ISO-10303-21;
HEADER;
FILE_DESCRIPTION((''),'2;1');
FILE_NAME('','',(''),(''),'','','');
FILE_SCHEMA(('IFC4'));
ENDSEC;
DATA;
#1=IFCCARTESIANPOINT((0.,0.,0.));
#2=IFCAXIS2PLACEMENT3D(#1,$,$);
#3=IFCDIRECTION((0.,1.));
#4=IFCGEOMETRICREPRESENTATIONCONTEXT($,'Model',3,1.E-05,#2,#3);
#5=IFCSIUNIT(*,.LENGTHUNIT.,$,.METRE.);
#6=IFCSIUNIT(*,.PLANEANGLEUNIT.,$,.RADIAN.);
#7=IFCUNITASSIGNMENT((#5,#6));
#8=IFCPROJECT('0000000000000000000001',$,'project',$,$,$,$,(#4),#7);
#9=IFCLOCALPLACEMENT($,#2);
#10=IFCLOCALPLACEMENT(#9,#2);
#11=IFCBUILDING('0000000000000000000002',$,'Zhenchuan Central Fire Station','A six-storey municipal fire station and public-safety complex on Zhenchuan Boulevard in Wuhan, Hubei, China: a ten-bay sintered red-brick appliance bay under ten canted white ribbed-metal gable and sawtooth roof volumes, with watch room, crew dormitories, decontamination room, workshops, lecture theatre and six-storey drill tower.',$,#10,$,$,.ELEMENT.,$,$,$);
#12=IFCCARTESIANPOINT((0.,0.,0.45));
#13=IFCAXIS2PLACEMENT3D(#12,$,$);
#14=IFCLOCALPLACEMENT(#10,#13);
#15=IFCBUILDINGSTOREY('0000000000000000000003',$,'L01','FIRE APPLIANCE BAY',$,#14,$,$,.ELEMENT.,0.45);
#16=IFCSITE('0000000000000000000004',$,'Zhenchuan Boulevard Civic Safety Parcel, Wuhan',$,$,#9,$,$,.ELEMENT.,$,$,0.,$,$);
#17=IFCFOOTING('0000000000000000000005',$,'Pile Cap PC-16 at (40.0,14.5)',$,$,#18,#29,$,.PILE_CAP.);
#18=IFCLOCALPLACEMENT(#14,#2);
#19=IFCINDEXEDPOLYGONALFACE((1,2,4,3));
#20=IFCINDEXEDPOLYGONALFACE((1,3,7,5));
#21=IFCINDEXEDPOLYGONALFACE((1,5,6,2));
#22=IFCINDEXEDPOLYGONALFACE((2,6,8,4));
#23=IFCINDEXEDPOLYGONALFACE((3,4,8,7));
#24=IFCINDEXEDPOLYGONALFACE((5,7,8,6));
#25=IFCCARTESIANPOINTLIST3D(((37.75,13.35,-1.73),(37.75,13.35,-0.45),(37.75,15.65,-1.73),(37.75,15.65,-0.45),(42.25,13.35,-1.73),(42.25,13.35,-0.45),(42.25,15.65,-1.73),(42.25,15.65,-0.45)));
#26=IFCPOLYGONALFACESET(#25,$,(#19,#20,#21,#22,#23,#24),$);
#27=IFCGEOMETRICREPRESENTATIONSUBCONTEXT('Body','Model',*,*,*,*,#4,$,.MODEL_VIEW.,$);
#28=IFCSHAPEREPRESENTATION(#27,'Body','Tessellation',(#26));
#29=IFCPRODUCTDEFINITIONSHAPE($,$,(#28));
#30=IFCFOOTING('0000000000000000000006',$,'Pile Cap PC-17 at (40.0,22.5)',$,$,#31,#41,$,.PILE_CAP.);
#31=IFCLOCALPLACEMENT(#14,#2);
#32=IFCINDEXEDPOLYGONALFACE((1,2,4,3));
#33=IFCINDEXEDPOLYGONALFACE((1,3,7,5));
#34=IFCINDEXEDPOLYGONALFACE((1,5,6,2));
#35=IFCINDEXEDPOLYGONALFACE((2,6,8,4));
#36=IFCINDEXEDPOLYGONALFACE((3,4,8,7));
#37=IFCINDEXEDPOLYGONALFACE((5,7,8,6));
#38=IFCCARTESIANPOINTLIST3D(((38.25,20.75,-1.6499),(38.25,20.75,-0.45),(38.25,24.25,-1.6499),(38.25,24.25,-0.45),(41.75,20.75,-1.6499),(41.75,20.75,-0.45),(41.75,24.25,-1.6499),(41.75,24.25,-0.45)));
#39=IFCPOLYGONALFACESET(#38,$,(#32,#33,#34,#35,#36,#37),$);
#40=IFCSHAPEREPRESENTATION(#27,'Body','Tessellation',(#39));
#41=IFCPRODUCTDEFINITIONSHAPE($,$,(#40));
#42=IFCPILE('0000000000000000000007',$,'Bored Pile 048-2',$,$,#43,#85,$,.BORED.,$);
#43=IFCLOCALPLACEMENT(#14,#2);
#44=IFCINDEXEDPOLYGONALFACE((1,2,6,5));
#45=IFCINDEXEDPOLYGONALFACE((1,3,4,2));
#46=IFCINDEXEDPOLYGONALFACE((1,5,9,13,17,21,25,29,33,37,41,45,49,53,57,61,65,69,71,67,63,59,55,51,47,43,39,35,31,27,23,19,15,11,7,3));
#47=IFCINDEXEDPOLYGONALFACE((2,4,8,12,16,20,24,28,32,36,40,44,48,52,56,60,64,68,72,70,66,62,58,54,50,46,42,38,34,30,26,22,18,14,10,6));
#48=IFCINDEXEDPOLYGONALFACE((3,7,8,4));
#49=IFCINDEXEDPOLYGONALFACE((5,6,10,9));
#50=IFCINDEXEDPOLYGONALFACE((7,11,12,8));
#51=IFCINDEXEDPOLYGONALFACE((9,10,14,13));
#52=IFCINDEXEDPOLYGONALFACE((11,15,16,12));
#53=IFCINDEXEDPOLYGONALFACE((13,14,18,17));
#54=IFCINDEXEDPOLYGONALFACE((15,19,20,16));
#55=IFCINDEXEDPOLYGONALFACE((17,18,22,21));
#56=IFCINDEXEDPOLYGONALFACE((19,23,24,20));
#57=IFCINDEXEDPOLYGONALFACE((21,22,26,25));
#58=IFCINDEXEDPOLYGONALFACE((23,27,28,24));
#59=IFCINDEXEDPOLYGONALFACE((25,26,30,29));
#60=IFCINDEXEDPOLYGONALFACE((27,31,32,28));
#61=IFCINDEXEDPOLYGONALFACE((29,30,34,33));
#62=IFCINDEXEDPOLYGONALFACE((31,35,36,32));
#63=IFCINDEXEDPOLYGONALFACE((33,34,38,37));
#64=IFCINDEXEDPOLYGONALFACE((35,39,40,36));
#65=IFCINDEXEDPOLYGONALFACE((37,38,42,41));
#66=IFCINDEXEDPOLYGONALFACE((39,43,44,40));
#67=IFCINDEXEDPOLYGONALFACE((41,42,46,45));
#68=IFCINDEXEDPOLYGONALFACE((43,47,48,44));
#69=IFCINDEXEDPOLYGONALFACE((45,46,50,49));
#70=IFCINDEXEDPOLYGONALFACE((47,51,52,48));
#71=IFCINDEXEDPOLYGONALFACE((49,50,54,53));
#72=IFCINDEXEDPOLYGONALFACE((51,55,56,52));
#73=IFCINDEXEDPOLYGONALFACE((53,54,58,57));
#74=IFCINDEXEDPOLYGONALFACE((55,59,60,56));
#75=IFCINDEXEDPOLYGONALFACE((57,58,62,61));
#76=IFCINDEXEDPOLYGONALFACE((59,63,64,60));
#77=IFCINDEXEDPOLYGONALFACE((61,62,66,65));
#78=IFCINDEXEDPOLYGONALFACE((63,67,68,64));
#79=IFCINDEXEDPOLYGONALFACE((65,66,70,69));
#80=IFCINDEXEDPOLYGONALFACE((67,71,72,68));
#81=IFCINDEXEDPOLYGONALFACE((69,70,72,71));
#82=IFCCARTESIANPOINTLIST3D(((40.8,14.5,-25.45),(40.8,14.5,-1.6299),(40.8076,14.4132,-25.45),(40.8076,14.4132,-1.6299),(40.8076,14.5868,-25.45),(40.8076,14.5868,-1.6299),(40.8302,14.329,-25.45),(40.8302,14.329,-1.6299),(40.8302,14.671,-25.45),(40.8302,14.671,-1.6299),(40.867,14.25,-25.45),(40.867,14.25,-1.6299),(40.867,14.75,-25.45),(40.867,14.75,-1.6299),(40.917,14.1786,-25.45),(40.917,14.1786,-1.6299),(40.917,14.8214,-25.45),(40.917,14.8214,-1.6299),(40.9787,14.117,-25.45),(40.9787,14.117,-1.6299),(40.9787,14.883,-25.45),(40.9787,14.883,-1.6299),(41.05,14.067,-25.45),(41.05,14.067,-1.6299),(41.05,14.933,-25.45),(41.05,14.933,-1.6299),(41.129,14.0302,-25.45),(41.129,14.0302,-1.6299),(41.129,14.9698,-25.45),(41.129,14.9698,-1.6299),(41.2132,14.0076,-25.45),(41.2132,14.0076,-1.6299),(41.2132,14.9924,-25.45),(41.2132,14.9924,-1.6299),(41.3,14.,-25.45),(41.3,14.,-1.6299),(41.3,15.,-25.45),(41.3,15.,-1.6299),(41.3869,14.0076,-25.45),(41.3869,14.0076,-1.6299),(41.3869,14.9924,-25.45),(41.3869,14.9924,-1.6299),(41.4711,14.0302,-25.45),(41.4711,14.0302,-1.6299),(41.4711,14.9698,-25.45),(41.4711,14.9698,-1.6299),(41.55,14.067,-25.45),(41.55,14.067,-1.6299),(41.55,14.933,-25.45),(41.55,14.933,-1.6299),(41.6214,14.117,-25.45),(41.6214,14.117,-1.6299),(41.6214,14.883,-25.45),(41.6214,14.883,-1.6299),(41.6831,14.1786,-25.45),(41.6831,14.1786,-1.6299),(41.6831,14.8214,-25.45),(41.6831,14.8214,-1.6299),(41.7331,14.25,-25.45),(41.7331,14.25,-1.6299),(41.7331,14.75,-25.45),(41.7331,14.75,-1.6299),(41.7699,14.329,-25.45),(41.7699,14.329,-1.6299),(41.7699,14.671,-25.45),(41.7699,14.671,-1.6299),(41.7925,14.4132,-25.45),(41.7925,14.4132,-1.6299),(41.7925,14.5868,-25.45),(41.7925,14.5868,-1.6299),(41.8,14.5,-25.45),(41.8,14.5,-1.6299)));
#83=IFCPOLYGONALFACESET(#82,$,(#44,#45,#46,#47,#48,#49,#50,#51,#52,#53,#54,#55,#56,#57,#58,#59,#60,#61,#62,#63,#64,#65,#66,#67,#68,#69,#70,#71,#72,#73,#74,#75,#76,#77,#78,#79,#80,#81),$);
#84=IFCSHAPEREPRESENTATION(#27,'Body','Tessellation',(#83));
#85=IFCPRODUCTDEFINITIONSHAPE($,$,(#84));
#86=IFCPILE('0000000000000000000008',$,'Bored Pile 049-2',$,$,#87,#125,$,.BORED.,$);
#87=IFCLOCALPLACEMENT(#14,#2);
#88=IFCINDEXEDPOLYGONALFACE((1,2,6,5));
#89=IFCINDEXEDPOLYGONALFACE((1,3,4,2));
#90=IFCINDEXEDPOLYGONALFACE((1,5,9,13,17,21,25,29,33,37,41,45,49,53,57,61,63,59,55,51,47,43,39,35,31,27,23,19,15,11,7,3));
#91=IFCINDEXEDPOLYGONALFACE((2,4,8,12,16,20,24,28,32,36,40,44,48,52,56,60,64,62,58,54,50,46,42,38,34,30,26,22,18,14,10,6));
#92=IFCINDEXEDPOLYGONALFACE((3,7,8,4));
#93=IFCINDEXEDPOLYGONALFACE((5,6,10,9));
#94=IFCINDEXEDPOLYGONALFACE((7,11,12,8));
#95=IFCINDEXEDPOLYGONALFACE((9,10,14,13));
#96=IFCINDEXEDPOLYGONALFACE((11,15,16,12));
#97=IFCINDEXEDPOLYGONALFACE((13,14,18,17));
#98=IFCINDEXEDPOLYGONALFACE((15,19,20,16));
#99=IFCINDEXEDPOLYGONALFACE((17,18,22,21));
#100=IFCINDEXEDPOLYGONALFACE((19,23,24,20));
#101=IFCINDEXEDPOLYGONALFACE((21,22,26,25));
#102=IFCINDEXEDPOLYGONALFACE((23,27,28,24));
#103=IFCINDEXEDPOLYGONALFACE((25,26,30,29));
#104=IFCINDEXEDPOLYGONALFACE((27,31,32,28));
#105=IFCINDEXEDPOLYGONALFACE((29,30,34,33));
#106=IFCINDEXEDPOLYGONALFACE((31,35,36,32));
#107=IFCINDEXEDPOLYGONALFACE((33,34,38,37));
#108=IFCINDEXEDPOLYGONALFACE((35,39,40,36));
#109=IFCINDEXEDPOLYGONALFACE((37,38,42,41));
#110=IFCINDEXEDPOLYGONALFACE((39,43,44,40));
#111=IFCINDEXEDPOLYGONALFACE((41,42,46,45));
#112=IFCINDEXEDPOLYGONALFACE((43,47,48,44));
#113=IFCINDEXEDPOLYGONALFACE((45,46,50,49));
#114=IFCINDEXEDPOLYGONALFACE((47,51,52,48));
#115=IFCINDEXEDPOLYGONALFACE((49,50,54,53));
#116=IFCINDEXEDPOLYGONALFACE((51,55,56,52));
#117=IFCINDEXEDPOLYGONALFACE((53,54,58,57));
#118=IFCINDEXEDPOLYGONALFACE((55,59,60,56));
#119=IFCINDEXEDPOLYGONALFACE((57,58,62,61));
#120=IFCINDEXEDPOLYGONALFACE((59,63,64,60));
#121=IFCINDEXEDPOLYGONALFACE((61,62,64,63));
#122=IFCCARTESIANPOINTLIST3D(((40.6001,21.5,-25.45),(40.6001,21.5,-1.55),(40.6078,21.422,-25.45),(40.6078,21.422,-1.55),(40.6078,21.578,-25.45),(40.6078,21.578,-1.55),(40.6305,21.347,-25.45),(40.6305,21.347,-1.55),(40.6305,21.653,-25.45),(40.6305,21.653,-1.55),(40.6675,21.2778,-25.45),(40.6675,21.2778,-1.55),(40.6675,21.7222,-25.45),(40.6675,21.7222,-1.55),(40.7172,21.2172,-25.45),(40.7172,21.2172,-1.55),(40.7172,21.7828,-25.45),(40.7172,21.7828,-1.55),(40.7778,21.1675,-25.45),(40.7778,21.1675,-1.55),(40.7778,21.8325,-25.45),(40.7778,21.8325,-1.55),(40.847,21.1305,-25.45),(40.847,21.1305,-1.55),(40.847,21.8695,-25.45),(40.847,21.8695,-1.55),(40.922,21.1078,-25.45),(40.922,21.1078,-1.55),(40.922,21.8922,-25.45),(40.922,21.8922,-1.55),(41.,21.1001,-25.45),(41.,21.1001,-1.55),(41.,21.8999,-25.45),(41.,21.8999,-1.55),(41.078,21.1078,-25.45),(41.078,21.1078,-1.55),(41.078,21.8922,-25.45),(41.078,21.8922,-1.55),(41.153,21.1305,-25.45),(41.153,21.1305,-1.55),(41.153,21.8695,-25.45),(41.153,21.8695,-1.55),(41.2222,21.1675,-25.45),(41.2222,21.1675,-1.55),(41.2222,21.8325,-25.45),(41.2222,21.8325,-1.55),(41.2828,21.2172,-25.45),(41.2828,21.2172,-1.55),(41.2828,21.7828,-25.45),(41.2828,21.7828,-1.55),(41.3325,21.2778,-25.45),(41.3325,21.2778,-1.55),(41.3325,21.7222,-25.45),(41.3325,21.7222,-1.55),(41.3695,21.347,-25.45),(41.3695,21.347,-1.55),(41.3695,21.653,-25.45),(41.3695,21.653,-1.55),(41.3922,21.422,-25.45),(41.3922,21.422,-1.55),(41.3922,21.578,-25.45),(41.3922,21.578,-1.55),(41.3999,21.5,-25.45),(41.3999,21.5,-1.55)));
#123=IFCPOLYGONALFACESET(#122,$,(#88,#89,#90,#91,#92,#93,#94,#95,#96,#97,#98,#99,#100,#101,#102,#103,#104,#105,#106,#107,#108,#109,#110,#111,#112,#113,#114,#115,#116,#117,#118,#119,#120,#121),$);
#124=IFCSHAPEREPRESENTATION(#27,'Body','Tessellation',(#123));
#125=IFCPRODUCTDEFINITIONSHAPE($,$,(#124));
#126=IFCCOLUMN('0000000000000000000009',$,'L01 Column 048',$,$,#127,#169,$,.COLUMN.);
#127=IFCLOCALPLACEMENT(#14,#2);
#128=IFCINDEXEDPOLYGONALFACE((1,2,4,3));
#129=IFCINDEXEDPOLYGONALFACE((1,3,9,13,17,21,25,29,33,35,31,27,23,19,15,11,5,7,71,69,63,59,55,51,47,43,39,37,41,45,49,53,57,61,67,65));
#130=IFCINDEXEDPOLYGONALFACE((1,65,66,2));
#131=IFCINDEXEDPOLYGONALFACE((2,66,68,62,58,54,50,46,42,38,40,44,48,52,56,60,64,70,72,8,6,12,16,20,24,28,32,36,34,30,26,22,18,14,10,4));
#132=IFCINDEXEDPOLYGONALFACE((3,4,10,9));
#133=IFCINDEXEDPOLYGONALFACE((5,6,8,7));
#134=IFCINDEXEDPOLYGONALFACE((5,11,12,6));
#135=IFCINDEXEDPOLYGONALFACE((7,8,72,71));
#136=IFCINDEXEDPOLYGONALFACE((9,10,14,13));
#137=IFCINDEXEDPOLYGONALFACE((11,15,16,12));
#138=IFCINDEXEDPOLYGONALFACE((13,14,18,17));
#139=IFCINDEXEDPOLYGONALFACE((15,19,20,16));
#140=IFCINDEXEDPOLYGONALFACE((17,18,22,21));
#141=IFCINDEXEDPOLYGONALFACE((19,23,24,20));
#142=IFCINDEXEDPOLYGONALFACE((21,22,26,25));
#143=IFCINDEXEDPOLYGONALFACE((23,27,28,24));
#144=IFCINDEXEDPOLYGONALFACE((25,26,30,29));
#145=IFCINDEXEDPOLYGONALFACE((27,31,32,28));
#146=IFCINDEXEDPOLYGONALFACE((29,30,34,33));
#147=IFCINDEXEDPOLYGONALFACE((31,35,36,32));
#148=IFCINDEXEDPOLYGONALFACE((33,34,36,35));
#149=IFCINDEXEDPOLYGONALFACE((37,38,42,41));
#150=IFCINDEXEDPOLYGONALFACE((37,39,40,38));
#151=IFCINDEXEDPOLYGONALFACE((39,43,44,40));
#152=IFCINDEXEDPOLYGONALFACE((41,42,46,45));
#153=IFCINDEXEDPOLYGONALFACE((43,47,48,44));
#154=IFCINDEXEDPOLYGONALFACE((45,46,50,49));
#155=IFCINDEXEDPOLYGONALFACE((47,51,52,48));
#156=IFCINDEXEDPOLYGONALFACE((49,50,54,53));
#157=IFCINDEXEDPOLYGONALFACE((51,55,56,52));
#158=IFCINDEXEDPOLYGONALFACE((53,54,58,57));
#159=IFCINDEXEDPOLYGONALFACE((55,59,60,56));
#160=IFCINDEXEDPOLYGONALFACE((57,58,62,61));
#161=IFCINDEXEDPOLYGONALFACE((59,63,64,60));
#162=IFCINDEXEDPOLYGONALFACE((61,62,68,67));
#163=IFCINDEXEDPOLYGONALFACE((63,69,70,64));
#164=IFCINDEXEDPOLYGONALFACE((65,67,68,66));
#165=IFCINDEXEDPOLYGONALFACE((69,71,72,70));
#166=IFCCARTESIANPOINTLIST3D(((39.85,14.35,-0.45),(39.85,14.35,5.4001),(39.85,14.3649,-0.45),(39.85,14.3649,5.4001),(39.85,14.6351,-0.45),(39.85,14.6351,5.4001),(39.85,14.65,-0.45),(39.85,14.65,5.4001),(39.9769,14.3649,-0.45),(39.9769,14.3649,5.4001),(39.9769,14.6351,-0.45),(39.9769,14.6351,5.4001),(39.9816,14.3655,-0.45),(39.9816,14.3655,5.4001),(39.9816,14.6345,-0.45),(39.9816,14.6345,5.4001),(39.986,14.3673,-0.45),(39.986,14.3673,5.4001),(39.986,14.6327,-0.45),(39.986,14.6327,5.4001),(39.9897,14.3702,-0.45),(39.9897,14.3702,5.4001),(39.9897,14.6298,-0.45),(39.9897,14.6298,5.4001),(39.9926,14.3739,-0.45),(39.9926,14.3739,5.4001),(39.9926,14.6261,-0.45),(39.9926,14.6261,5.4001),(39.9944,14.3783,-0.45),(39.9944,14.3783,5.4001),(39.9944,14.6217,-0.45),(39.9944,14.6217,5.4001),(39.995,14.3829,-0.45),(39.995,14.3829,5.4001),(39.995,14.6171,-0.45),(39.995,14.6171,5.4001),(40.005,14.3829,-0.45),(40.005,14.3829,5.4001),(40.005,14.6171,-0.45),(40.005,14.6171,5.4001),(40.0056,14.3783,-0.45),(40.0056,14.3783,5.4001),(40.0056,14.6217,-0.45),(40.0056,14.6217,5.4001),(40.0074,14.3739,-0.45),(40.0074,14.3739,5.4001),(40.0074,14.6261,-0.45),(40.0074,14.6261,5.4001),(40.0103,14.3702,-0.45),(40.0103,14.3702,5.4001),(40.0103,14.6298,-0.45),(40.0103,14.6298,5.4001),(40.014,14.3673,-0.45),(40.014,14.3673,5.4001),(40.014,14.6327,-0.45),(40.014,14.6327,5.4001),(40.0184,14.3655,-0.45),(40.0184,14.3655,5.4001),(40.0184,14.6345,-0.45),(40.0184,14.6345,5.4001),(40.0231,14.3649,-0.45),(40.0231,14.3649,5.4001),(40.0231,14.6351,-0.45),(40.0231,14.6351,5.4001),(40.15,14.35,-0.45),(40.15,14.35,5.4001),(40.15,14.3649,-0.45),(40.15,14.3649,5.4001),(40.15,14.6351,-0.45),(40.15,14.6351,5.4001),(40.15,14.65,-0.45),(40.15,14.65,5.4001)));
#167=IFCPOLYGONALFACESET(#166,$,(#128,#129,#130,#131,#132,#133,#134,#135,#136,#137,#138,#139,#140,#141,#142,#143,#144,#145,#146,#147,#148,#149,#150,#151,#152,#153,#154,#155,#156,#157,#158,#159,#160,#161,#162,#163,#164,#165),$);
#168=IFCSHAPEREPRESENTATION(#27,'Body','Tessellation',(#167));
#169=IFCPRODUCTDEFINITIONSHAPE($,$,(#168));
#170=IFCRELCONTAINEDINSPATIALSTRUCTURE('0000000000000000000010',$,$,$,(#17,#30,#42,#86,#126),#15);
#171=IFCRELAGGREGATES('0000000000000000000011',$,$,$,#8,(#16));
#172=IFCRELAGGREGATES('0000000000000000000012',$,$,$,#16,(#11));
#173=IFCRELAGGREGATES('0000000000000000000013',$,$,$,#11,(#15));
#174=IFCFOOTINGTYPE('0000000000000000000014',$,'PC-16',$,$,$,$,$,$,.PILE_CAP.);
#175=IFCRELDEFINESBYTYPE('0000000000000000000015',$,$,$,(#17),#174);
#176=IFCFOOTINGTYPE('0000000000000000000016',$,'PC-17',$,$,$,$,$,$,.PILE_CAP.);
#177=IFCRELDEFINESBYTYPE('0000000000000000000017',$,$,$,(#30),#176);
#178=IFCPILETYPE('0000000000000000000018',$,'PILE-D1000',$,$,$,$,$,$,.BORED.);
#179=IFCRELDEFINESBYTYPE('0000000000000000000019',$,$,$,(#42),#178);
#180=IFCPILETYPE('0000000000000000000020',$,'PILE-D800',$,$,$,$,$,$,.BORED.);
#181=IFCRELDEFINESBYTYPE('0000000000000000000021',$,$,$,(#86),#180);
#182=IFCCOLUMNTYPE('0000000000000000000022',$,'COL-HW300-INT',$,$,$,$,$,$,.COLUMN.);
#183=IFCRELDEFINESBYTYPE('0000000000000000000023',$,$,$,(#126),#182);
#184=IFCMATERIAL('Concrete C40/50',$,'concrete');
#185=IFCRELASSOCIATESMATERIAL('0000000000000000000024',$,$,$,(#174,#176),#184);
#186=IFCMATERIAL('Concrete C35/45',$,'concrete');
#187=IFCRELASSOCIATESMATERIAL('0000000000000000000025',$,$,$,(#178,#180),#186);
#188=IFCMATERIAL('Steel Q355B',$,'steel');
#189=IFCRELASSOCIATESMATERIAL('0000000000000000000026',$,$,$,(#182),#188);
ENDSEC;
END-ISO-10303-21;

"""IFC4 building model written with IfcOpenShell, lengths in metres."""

from ifc_helpers import new_model, si_unit, direction, frame, origin, origin_2d, place, context, subcontext, project, spatial, rectangle, circle, i_section, extrude, material, material_profile, profile_set, type_object, element, save


model = new_model("IFC4")

# Units and contexts
model_context = context("Model", 3, precision=1e-05, world=origin(), true_north=direction((0.0, 1.0)))
body_context = subcontext(model_context, "Body", "Model", "MODEL_VIEW")
ifc_project = project(units=[si_unit("LENGTHUNIT", "METRE"), si_unit("PLANEANGLEUNIT", "RADIAN")], contexts=[model_context])

# Site, building, storey
site_placement = place(None, origin())
site = spatial("IfcSite", under=ifc_project, at=site_placement, Name="Zhenchuan Boulevard Civic Safety Parcel, Wuhan", CompositionType="ELEMENT", RefElevation=0.0)
building_placement = place(site_placement, origin())
building = spatial("IfcBuilding", under=site, at=building_placement, Name="Zhenchuan Central Fire Station", Description="A six-storey municipal fire station and public-safety complex on Zhenchuan Boulevard in Wuhan, Hubei, China: a ten-bay sintered red-brick appliance bay under ten canted white ribbed-metal gable and sawtooth roof volumes, with watch room, crew dormitories, decontamination room, workshops, lecture theatre and six-storey drill tower.", CompositionType="ELEMENT")
storey_placement = place(building_placement, frame((0.0, 0.0, 0.45)))
storey = spatial("IfcBuildingStorey", under=building, at=storey_placement, Name="L01", Description="FIRE APPLIANCE BAY", CompositionType="ELEMENT", Elevation=0.45)

# Footings
ifc_material_1 = material(Name="Concrete C40/50", Category="concrete")
footing_type_1 = type_object("IfcFootingType", Name="PC-16", PredefinedType="PILE_CAP", material=ifc_material_1)
footing_1_placement = place(storey_placement, frame((40.0, 14.5, -1.73), z_axis=(0.0, 0.0, 1.0), x_axis=(1.0, 0.0, 0.0)))
element("IfcFooting", 1, at=footing_1_placement, inside=storey, type_object=footing_type_1, Name="Pile Cap PC-16 at (40.0,14.5)", PredefinedType="PILE_CAP", context=body_context, shape_type="SweptSolid", body=[
    extrude(rectangle(XDim=4.5, YDim=2.3, at=origin_2d()), origin(), (0.0, 0.0, 1.0), 1.28),
])
footing_type_2 = type_object("IfcFootingType", Name="PC-17", PredefinedType="PILE_CAP", material=ifc_material_1)
footing_2_placement = place(storey_placement, frame((40.0, 22.5, -1.6499), z_axis=(0.0, 0.0, 1.0), x_axis=(1.0, 0.0, 0.0)))
element("IfcFooting", 2, at=footing_2_placement, inside=storey, type_object=footing_type_2, Name="Pile Cap PC-17 at (40.0,22.5)", PredefinedType="PILE_CAP", context=body_context, shape_type="SweptSolid", body=[
    extrude(rectangle(XDim=3.5, YDim=3.5, at=origin_2d()), origin(), (0.0, 0.0, 1.0), 1.2),
])

# Piles
ifc_material_2 = material(Name="Concrete C35/45", Category="concrete")
ifc_material_profile_1 = material_profile(ifc_material_2, circle(Radius=0.5, at=origin_2d()), Name="PILE D1000")
ifc_profile_set_1 = profile_set([ifc_material_profile_1], Name="Concrete C35/45")
pile_type_1 = type_object("IfcPileType", Name="PILE-D1000", PredefinedType="BORED", material=ifc_profile_set_1)
pile_1_placement = place(storey_placement, frame((41.3, 14.5, -1.6299), z_axis=(0.0, 0.0, -1.0), x_axis=(1.0, 0.0, 0.0)))
element("IfcPile", 3, at=pile_1_placement, inside=storey, type_object=pile_type_1, Name="Bored Pile 048-2", PredefinedType="BORED", context=body_context, shape_type="SweptSolid", body=[
    extrude(circle(Radius=0.5, at=origin_2d()), origin(), (0.0, 0.0, 1.0), 23.8201),
])
ifc_material_profile_2 = material_profile(ifc_material_2, circle(Radius=0.3999, at=origin_2d()), Name="PILE D800")
ifc_profile_set_2 = profile_set([ifc_material_profile_2], Name="Concrete C35/45")
pile_type_2 = type_object("IfcPileType", Name="PILE-D800", PredefinedType="BORED", material=ifc_profile_set_2)
pile_2_placement = place(storey_placement, frame((41.0, 21.5, -1.55), z_axis=(0.0, 0.0, -1.0), x_axis=(1.0, 0.0, 0.0)))
element("IfcPile", 4, at=pile_2_placement, inside=storey, type_object=pile_type_2, Name="Bored Pile 049-2", PredefinedType="BORED", context=body_context, shape_type="SweptSolid", body=[
    extrude(circle(Radius=0.3999, at=origin_2d()), origin(), (0.0, 0.0, 1.0), 23.8999),
])

# Column
ifc_material_3 = material(Name="Steel Q355B", Category="steel")
ifc_material_profile_3 = material_profile(ifc_material_3, i_section(OverallWidth=0.3, OverallDepth=0.3, WebThickness=0.01, FlangeThickness=0.0149, FilletRadius=0.0181, at=origin_2d()), Name="HW 300x300")
ifc_profile_set_3 = profile_set([ifc_material_profile_3], Name="Steel Q355B")
column_type = type_object("IfcColumnType", Name="COL-HW300-INT", PredefinedType="COLUMN", material=ifc_profile_set_3)
for number, where, z_axis, x_axis, name in (
    (5, (40.0, 14.5, -0.45), (0.0, 0.0, 1.0), (1.0, 0.0, 0.0), "L01 Column 048"),
):
    element("IfcColumn", number, at=place(storey_placement, frame(where, z_axis=z_axis, x_axis=x_axis)), inside=storey, type_object=column_type, Name=name, PredefinedType="COLUMN", context=body_context, shape_type="SweptSolid", body=[
        extrude(i_section(OverallWidth=0.3, OverallDepth=0.3, WebThickness=0.01, FlangeThickness=0.0149, FilletRadius=0.0181, at=origin_2d()), origin(), (0.0, 0.0, 1.0), 5.8501),
    ])

save(model, "model.ifc")
